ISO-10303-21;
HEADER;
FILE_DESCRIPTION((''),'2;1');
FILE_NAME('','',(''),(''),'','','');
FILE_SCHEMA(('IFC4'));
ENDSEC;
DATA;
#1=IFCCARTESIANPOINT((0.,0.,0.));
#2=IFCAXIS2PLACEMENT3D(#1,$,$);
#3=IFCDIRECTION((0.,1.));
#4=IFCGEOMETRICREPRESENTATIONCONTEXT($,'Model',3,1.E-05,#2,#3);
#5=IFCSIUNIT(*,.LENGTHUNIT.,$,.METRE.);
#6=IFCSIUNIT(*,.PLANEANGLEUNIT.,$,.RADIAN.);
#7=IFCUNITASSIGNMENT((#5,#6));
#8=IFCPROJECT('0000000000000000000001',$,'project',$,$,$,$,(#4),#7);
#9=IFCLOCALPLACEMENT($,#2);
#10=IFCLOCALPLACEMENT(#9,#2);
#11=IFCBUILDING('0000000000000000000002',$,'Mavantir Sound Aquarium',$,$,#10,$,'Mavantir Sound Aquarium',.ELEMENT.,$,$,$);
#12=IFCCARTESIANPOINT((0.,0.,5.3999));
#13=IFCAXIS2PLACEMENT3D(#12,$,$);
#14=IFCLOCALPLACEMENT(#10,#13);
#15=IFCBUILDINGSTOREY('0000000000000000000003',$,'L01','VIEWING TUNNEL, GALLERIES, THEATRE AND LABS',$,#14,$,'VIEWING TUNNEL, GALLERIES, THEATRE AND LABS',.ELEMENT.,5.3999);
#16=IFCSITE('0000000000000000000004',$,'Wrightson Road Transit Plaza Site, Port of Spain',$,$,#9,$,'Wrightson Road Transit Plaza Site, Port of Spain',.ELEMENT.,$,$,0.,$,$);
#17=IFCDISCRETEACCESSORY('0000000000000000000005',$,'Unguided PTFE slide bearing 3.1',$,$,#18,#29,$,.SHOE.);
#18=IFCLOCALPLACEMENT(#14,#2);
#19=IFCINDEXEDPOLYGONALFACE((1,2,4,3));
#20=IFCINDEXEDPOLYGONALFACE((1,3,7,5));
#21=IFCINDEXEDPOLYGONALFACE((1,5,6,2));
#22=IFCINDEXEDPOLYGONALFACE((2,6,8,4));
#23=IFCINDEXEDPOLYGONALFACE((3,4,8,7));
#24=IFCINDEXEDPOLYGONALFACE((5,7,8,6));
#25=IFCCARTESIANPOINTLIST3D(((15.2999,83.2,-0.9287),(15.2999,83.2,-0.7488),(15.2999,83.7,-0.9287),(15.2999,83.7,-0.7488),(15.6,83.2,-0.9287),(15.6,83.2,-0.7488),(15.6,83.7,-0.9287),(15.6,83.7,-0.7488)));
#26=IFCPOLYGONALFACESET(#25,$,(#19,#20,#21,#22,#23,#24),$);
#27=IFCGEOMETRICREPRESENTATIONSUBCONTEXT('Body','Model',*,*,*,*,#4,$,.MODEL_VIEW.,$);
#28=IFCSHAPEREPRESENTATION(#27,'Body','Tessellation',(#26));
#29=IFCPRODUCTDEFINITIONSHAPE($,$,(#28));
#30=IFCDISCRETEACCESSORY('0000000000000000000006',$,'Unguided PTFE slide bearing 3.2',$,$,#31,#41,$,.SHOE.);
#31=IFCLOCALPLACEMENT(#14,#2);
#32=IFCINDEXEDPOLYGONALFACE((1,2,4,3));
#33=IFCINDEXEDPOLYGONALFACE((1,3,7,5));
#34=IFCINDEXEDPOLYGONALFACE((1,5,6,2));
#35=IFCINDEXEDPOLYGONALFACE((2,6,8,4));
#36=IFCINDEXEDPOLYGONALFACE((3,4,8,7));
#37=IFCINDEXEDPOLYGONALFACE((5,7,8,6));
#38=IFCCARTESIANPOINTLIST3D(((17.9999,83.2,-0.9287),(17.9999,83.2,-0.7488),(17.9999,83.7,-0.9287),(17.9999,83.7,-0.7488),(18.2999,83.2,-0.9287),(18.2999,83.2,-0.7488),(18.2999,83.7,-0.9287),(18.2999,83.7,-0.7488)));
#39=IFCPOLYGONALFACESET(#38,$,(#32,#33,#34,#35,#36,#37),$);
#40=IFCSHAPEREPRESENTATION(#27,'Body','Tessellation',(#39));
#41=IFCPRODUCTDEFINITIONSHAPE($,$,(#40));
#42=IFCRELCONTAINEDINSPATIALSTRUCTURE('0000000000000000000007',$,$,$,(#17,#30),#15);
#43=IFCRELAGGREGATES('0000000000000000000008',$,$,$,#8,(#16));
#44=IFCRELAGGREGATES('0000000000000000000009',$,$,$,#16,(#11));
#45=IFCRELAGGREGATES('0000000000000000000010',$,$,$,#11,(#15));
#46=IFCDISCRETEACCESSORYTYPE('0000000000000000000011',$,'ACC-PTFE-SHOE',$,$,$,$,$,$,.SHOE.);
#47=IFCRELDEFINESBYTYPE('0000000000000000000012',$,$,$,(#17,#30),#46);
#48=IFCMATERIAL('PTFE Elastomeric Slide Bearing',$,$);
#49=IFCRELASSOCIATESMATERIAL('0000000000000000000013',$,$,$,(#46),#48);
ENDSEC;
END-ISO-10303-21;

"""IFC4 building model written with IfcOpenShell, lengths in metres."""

from ifc_helpers import new_model, si_unit, direction, frame, origin, origin_2d, place, context, subcontext, project, spatial, rectangle, extrude, material, type_object, element, save


model = new_model("IFC4")

# Units and contexts
model_context = context("Model", 3, precision=1e-05, world=origin(), true_north=direction((0.0, 1.0)))
body_context = subcontext(model_context, "Body", "Model", "MODEL_VIEW")
ifc_project = project(units=[si_unit("LENGTHUNIT", "METRE"), si_unit("PLANEANGLEUNIT", "RADIAN")], contexts=[model_context])

# Site, building, storey
site_placement = place(None, origin())
site = spatial("IfcSite", under=ifc_project, at=site_placement, Name="Wrightson Road Transit Plaza Site, Port of Spain", LongName="Wrightson Road Transit Plaza Site, Port of Spain", CompositionType="ELEMENT", RefElevation=0.0)
building_placement = place(site_placement, origin())
building = spatial("IfcBuilding", under=site, at=building_placement, Name="Mavantir Sound Aquarium", LongName="Mavantir Sound Aquarium", CompositionType="ELEMENT")
storey_placement = place(building_placement, frame((0.0, 0.0, 5.3999)))
storey = spatial("IfcBuildingStorey", under=building, at=storey_placement, Name="L01", Description="VIEWING TUNNEL, GALLERIES, THEATRE AND LABS", LongName="VIEWING TUNNEL, GALLERIES, THEATRE AND LABS", CompositionType="ELEMENT", Elevation=5.3999)

# Discrete accessories
ifc_material_1 = material(Name="PTFE Elastomeric Slide Bearing")
discrete_accessory_type_1 = type_object("IfcDiscreteAccessoryType", Name="ACC-PTFE-SHOE", PredefinedType="SHOE", material=ifc_material_1)
for number, where, z_axis, x_axis, name in (
    (1, (15.45, 83.45, -0.9287), (0.0, 0.0, 1.0), (1.0, 0.0, 0.0), "Unguided PTFE slide bearing 3.1"),
    (2, (18.1499, 83.45, -0.9287), (0.0, 0.0, 1.0), (1.0, 0.0, 0.0), "Unguided PTFE slide bearing 3.2"),
):
    element("IfcDiscreteAccessory", number, at=place(storey_placement, frame(where, z_axis=z_axis, x_axis=x_axis)), inside=storey, type_object=discrete_accessory_type_1, Name=name, PredefinedType="SHOE", context=body_context, shape_type="SweptSolid", body=[
        extrude(rectangle(XDim=0.3, YDim=0.5, at=origin_2d()), origin(), (0.0, 0.0, 1.0), 0.1799),
    ])

save(model, "model.ifc")
